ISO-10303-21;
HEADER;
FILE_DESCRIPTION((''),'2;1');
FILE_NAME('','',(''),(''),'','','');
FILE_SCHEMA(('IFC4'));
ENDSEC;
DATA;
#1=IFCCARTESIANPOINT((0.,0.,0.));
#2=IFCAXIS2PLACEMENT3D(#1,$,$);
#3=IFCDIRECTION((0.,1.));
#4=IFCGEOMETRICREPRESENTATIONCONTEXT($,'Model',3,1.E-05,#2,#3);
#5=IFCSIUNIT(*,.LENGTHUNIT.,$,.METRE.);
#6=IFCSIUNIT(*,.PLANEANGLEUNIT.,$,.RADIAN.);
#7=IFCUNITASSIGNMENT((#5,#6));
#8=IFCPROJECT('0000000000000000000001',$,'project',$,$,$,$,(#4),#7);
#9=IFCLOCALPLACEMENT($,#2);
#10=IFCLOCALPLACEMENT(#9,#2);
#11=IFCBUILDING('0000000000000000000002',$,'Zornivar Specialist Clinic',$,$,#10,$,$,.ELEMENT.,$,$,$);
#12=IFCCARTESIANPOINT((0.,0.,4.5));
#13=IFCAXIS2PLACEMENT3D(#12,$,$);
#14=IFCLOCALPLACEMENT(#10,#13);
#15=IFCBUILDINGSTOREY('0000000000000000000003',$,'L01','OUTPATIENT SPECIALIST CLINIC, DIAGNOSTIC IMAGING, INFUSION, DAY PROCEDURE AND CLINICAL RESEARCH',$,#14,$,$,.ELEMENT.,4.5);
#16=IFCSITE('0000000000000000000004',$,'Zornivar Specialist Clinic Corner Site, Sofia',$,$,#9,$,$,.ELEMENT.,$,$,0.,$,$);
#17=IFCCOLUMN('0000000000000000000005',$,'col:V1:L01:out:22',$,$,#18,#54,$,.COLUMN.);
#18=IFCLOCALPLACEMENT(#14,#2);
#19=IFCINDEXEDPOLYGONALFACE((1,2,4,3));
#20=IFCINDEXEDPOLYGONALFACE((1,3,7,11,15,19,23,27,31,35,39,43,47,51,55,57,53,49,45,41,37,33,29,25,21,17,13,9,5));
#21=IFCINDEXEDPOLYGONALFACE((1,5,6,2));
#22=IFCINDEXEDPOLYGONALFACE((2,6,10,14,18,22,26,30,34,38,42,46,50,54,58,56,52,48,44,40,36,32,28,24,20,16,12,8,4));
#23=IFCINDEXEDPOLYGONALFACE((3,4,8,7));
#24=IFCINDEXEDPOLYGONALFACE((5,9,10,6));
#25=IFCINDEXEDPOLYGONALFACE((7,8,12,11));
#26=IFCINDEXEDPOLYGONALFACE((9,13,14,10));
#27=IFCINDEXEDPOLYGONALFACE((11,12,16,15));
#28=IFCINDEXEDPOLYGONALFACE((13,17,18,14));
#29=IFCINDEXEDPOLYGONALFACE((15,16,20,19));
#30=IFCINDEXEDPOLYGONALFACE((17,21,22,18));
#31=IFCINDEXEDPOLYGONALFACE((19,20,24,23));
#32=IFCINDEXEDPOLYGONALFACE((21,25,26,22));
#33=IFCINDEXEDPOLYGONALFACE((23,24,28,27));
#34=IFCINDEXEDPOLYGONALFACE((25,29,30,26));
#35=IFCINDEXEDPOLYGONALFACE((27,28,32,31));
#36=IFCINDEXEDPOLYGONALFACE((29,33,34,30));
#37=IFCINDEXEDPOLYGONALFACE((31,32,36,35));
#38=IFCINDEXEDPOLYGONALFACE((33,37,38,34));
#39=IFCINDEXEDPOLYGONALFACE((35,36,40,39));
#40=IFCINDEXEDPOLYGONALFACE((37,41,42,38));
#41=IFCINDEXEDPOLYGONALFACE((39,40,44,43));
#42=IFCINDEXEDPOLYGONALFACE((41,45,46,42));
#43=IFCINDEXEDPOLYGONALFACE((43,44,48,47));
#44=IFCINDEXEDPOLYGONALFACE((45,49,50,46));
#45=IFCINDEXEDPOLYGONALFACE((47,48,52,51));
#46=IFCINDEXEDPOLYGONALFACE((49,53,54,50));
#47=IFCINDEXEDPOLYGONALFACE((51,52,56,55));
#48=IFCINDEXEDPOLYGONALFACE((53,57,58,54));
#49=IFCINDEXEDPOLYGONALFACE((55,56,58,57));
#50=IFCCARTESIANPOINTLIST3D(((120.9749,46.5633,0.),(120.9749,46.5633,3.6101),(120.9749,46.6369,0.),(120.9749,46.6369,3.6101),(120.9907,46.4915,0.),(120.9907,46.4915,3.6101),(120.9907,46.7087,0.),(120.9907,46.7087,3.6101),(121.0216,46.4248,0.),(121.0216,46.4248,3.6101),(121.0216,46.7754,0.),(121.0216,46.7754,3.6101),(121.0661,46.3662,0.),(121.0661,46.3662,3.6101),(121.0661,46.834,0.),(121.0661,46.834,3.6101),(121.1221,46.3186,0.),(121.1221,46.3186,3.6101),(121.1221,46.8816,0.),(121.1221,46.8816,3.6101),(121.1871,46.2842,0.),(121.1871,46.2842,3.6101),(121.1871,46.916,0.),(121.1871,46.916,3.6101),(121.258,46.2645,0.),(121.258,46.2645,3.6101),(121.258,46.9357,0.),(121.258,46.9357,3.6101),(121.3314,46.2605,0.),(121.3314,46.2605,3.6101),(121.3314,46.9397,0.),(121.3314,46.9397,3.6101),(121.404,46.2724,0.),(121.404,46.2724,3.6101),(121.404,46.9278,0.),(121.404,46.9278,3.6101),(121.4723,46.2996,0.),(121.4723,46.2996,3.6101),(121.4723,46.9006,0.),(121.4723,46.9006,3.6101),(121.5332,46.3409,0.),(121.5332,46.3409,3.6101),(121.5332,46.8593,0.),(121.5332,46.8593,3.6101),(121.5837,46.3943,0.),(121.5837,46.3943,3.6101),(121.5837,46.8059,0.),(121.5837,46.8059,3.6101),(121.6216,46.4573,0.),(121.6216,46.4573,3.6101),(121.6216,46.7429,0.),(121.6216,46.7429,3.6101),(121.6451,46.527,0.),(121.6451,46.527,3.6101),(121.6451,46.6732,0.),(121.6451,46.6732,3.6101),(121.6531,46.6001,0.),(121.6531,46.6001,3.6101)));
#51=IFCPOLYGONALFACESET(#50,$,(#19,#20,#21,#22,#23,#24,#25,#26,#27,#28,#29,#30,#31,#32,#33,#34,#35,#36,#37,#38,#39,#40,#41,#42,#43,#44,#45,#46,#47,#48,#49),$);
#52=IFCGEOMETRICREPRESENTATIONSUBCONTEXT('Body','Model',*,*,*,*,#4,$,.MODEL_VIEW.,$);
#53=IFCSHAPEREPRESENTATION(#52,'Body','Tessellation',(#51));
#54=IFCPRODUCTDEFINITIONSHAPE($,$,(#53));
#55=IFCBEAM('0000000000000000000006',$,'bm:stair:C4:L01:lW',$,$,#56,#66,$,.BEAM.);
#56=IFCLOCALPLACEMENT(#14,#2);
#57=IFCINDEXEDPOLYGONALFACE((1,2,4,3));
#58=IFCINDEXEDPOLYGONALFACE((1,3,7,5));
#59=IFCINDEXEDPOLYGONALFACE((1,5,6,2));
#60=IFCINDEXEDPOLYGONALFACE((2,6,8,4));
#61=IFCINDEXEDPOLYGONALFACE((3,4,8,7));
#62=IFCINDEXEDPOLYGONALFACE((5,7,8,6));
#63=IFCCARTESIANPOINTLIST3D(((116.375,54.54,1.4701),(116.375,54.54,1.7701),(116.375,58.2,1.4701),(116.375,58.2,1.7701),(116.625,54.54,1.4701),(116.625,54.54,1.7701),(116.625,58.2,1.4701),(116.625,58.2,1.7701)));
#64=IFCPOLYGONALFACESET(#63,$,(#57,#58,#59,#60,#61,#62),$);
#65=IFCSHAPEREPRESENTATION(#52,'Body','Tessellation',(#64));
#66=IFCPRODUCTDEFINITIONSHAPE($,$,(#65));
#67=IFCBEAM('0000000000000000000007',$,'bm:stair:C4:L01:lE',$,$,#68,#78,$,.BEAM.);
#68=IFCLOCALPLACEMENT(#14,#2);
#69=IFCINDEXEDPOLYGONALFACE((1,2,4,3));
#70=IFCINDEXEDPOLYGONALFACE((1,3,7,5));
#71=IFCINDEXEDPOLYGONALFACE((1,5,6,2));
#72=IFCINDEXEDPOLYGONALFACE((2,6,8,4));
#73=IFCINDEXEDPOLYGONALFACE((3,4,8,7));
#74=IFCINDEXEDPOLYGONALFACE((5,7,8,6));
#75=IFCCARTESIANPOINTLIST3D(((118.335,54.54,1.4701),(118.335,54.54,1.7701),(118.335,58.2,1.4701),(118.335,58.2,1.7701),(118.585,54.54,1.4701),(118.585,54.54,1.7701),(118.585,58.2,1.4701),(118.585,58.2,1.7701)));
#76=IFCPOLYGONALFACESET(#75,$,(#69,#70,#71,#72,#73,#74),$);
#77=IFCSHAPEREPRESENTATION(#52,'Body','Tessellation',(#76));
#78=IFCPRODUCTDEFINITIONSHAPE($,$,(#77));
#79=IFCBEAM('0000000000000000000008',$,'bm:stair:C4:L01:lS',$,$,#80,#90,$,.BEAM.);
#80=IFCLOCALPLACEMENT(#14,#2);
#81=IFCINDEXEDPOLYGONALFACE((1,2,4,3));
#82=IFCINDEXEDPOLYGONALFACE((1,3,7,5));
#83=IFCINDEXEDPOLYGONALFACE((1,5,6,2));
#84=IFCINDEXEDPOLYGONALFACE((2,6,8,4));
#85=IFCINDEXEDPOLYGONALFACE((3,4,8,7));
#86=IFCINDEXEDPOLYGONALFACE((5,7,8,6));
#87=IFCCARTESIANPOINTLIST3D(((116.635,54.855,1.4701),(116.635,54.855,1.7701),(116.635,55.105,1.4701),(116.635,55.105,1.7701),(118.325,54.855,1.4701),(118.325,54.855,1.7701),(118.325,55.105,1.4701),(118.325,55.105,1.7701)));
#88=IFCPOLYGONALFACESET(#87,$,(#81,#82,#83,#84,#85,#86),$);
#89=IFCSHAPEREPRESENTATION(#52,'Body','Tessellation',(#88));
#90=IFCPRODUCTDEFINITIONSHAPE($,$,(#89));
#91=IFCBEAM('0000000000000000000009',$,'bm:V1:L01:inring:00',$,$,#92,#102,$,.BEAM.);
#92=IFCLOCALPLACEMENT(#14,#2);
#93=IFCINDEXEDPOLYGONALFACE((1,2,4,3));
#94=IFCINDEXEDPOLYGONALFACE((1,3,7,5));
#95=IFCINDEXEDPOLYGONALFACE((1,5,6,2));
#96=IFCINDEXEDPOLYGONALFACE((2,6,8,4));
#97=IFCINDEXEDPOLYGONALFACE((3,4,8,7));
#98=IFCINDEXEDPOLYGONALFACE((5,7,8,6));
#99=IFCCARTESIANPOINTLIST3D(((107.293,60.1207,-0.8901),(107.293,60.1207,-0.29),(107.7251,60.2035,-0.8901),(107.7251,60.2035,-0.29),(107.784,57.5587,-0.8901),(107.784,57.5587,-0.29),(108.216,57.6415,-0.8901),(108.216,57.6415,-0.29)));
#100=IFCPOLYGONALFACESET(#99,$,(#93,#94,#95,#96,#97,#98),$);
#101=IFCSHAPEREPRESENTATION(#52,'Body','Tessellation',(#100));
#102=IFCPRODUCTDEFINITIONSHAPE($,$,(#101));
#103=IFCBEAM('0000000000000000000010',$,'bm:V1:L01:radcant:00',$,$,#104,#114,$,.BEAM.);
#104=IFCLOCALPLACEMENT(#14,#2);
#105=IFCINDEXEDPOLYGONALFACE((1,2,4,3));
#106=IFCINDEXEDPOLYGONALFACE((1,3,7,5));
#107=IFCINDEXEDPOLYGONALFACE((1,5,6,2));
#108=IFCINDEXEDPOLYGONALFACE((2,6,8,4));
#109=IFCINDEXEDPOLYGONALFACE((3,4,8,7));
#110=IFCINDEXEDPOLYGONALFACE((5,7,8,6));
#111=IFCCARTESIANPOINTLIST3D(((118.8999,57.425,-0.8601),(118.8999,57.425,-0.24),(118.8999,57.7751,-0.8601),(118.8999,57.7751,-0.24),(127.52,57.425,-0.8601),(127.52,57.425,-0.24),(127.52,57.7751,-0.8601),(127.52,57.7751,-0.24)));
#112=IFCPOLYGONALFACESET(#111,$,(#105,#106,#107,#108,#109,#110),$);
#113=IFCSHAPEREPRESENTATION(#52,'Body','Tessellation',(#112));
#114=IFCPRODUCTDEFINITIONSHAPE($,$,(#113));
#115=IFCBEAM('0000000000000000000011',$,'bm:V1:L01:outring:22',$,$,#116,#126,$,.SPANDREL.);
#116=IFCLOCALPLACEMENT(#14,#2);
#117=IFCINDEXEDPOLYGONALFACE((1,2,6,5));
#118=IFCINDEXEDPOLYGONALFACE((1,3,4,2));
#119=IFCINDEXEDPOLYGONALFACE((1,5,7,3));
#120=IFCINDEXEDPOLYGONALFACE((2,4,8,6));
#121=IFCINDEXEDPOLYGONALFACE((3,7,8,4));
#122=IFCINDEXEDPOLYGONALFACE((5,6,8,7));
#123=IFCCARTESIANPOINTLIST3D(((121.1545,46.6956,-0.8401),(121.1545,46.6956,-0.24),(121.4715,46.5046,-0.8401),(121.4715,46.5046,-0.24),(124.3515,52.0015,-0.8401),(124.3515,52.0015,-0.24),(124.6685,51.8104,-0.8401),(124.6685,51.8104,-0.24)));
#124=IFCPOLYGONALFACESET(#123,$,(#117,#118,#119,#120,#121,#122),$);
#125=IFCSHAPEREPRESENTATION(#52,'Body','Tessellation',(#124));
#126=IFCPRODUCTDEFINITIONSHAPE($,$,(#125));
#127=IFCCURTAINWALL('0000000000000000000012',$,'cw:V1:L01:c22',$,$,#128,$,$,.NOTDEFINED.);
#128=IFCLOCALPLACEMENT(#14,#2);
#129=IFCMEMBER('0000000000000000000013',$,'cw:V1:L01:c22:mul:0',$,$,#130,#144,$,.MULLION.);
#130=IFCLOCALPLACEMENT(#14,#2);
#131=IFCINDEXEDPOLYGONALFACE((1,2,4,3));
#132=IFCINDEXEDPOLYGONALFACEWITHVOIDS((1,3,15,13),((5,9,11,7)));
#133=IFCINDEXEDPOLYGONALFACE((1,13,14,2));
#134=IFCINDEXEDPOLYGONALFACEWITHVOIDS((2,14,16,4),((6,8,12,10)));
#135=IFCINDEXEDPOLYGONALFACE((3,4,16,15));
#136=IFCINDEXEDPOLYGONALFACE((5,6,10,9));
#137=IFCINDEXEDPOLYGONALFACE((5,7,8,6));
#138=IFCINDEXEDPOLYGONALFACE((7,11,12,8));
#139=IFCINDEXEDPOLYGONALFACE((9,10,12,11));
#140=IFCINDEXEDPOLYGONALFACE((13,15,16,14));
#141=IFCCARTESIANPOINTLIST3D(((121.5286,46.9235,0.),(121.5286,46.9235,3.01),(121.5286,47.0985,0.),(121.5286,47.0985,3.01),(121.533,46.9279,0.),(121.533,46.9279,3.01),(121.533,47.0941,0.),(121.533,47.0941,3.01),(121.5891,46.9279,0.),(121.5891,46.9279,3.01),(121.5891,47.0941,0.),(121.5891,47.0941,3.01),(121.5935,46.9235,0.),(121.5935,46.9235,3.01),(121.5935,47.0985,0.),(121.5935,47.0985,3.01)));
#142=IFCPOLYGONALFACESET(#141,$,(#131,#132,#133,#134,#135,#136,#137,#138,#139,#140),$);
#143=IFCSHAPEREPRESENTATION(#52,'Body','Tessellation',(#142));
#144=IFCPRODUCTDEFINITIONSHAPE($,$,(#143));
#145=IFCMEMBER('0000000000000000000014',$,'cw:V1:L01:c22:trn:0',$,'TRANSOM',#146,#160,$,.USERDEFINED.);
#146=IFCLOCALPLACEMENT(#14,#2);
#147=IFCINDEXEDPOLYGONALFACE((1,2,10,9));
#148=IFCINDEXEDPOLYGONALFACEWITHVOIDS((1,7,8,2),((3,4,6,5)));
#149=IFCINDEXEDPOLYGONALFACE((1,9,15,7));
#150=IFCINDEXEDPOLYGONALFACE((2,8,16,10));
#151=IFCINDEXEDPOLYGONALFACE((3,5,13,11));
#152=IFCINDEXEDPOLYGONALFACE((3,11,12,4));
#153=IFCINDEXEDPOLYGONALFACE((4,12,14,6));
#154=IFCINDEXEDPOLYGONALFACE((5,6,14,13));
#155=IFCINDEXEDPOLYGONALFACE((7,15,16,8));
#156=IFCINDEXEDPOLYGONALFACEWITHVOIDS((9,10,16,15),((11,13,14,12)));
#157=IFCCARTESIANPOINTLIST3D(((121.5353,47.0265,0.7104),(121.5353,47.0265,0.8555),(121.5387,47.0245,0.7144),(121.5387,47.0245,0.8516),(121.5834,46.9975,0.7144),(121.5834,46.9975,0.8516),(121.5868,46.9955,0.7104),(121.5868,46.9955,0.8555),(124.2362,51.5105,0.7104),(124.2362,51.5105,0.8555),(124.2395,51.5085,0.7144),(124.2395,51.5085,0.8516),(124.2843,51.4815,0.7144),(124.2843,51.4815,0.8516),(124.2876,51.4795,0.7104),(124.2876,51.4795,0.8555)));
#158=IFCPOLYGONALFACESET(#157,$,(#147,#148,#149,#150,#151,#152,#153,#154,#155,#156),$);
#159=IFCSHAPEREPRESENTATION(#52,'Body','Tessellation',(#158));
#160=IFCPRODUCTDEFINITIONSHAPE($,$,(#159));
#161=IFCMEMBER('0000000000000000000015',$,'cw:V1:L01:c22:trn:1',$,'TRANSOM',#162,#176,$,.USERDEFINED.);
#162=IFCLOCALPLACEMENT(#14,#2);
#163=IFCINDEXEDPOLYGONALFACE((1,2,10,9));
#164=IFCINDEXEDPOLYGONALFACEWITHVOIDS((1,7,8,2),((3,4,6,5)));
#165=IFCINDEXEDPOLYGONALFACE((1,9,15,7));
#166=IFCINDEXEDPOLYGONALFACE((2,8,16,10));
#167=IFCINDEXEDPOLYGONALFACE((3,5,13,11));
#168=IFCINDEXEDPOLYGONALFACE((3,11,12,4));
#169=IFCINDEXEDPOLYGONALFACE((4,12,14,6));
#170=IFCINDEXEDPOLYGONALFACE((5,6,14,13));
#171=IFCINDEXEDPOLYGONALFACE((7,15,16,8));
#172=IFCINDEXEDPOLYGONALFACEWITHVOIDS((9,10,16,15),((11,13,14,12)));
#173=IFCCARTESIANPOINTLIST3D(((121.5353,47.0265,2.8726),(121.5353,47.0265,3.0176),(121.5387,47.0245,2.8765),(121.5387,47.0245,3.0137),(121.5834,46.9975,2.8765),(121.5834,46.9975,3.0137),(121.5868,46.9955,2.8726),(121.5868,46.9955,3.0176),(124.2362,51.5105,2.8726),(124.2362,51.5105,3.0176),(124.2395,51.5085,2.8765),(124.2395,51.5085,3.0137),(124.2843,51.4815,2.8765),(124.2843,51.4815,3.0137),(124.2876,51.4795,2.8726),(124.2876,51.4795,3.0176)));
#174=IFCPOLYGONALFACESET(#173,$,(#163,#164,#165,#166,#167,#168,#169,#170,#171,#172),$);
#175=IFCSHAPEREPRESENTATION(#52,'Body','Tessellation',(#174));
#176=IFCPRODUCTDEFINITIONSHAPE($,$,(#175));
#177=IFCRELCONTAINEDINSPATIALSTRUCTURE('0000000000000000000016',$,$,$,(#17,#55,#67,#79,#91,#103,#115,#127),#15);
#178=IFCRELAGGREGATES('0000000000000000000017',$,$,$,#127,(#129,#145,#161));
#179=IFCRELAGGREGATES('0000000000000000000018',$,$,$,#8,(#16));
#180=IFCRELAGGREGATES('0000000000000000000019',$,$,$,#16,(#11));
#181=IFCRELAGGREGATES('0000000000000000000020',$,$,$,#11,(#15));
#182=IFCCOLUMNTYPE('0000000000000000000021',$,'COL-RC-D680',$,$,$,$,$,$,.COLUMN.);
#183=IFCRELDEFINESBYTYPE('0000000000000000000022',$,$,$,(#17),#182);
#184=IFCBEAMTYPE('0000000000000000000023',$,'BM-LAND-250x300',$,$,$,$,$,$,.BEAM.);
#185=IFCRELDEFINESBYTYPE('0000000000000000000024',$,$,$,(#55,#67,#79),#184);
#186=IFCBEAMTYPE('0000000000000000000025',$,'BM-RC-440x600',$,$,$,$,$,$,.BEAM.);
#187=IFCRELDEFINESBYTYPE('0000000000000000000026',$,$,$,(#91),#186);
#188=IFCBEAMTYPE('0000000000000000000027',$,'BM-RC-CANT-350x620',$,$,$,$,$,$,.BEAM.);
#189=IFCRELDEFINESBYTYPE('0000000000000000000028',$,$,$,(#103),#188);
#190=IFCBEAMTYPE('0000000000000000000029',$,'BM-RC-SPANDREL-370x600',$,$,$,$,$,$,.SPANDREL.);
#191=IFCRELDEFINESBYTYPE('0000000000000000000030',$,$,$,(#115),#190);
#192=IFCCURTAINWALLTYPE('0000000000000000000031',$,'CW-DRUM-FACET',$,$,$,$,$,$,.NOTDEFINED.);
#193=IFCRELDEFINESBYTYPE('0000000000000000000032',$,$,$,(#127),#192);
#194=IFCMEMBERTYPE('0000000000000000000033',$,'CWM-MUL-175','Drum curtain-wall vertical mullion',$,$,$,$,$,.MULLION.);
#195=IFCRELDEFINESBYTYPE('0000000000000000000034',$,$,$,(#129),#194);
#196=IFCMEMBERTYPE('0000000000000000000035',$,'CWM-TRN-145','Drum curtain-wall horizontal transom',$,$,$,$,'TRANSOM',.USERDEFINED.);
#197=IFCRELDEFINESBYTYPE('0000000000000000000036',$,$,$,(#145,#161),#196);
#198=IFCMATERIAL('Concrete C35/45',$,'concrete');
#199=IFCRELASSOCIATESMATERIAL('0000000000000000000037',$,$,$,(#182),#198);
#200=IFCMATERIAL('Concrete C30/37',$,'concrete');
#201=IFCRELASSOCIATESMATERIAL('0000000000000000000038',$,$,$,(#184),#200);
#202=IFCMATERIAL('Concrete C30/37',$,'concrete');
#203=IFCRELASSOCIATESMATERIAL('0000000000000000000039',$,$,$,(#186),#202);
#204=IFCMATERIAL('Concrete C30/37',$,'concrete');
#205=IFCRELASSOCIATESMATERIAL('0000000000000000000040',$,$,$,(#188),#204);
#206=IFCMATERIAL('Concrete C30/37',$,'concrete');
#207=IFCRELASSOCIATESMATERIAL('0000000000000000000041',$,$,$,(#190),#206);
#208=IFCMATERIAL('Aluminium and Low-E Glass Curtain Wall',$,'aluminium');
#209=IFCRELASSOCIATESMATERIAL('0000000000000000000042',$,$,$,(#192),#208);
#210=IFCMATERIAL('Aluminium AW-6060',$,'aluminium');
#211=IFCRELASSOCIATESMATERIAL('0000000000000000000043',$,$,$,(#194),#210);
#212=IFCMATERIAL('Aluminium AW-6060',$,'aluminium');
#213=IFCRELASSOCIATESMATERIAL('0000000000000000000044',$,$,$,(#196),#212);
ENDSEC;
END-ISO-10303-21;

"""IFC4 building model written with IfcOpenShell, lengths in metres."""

from ifc_helpers import new_model, si_unit, direction, frame, origin, origin_2d, place, context, subcontext, project, spatial, rectangle, hollow_rectangle, circle, extrude, material, material_profile, profile_set, type_object, element, aggregate, save


model = new_model("IFC4")

# Units and contexts
model_context = context("Model", 3, precision=1e-05, world=origin(), true_north=direction((0.0, 1.0)))
body_context = subcontext(model_context, "Body", "Model", "MODEL_VIEW")
ifc_project = project(units=[si_unit("LENGTHUNIT", "METRE"), si_unit("PLANEANGLEUNIT", "RADIAN")], contexts=[model_context])

# Site, building, storey
site_placement = place(None, origin())
site = spatial("IfcSite", under=ifc_project, at=site_placement, Name="Zornivar Specialist Clinic Corner Site, Sofia", CompositionType="ELEMENT", RefElevation=0.0)
building_placement = place(site_placement, origin())
building = spatial("IfcBuilding", under=site, at=building_placement, Name="Zornivar Specialist Clinic", CompositionType="ELEMENT")
storey_placement = place(building_placement, frame((0.0, 0.0, 4.5)))
storey = spatial("IfcBuildingStorey", under=building, at=storey_placement, Name="L01", Description="OUTPATIENT SPECIALIST CLINIC, DIAGNOSTIC IMAGING, INFUSION, DAY PROCEDURE AND CLINICAL RESEARCH", CompositionType="ELEMENT", Elevation=4.5)

# Column
ifc_material_1 = material(Name="Concrete C35/45", Category="concrete")
ifc_material_profile_1 = material_profile(ifc_material_1, circle(Radius=0.3401, at=origin_2d()), Name="RC D680")
ifc_profile_set_1 = profile_set([ifc_material_profile_1], Name="Concrete C35/45")
column_type = type_object("IfcColumnType", Name="COL-RC-D680", PredefinedType="COLUMN", material=ifc_profile_set_1)
column_placement = place(storey_placement, frame((121.313, 46.6001, 0.0), z_axis=(0.0, 0.0, 1.0), x_axis=(1.0, 0.0, 0.0)))
element("IfcColumn", 1, at=column_placement, inside=storey, type_object=column_type, Name="col:V1:L01:out:22", PredefinedType="COLUMN", context=body_context, shape_type="SweptSolid", body=[
    extrude(circle(Radius=0.3401, at=origin_2d()), origin(), (0.0, 0.0, 1.0), 3.6101),
])

# Beams
ifc_material_2 = material(Name="Concrete C30/37", Category="concrete")
ifc_material_profile_2 = material_profile(ifc_material_2, rectangle(XDim=0.25, YDim=0.3, at=origin_2d()), Name="RC 250x300")
ifc_profile_set_2 = profile_set([ifc_material_profile_2], Name="Concrete C30/37")
beam_type_1 = type_object("IfcBeamType", Name="BM-LAND-250x300", PredefinedType="BEAM", material=ifc_profile_set_2)
for number, where, z_axis, x_axis, name in (
    (2, (116.5, 54.54, 1.6201), (0.0, 1.0, 0.0), (-1.0, 0.0, 0.0), "bm:stair:C4:L01:lW"),
    (3, (118.46, 54.54, 1.6201), (0.0, 1.0, 0.0), (-1.0, 0.0, 0.0), "bm:stair:C4:L01:lE"),
):
    element("IfcBeam", number, at=place(storey_placement, frame(where, z_axis=z_axis, x_axis=x_axis)), inside=storey, type_object=beam_type_1, Name=name, PredefinedType="BEAM", context=body_context, shape_type="SweptSolid", body=[
        extrude(rectangle(XDim=0.25, YDim=0.3, at=origin_2d()), origin(), (0.0, 0.0, 1.0), 3.6599),
    ])
beam_1_placement = place(storey_placement, frame((116.635, 54.98, 1.6201), z_axis=(1.0, 0.0, 0.0), x_axis=(0.0, 1.0, 0.0)))
element("IfcBeam", 4, at=beam_1_placement, inside=storey, type_object=beam_type_1, Name="bm:stair:C4:L01:lS", PredefinedType="BEAM", context=body_context, shape_type="SweptSolid", body=[
    extrude(rectangle(XDim=0.25, YDim=0.3, at=origin_2d()), origin(), (0.0, 0.0, 1.0), 1.6899),
])
ifc_material_3 = material(Name="Concrete C30/37", Category="concrete")
ifc_material_profile_3 = material_profile(ifc_material_3, rectangle(XDim=0.4399, YDim=0.6001, at=origin_2d()), Name="RC 440x600")
ifc_profile_set_3 = profile_set([ifc_material_profile_3], Name="Concrete C30/37")
beam_type_2 = type_object("IfcBeamType", Name="BM-RC-440x600", PredefinedType="BEAM", material=ifc_profile_set_3)
beam_2_placement = place(storey_placement, frame((108.0, 57.6001, -0.5901), z_axis=(-0.188209, 0.982129, 0.0), x_axis=(-0.982129, -0.188209, 0.0)))
element("IfcBeam", 5, at=beam_2_placement, inside=storey, type_object=beam_type_2, Name="bm:V1:L01:inring:00", PredefinedType="BEAM", context=body_context, shape_type="SweptSolid", body=[
    extrude(rectangle(XDim=0.4399, YDim=0.6001, at=origin_2d()), origin(), (0.0, 0.0, 1.0), 2.6086),
])
ifc_material_4 = material(Name="Concrete C30/37", Category="concrete")
ifc_material_profile_4 = material_profile(ifc_material_4, rectangle(XDim=0.3501, YDim=0.6201, at=origin_2d()), Name="RC 350x620")
ifc_profile_set_4 = profile_set([ifc_material_profile_4], Name="Concrete C30/37")
beam_type_3 = type_object("IfcBeamType", Name="BM-RC-CANT-350x620", PredefinedType="BEAM", material=ifc_profile_set_4)
beam_3_placement = place(storey_placement, frame((118.8999, 57.6001, -0.55), z_axis=(1.0, 0.0, 0.0), x_axis=(0.0, 1.0, 0.0)))
element("IfcBeam", 6, at=beam_3_placement, inside=storey, type_object=beam_type_3, Name="bm:V1:L01:radcant:00", PredefinedType="BEAM", context=body_context, shape_type="SweptSolid", body=[
    extrude(rectangle(XDim=0.3501, YDim=0.6201, at=origin_2d()), origin(), (0.0, 0.0, 1.0), 8.6201),
])
ifc_material_5 = material(Name="Concrete C30/37", Category="concrete")
ifc_material_profile_5 = material_profile(ifc_material_5, rectangle(XDim=0.3701, YDim=0.6001, at=origin_2d()), Name="RC 370x600")
ifc_profile_set_5 = profile_set([ifc_material_profile_5], Name="Concrete C30/37")
beam_type_4 = type_object("IfcBeamType", Name="BM-RC-SPANDREL-370x600", PredefinedType="SPANDREL", material=ifc_profile_set_5)
beam_4_placement = place(storey_placement, frame((121.313, 46.6001, -0.54), z_axis=(0.516095, 0.856532, 0.0), x_axis=(-0.856532, 0.516095, 0.0)))
element("IfcBeam", 7, at=beam_4_placement, inside=storey, type_object=beam_type_4, Name="bm:V1:L01:outring:22", PredefinedType="SPANDREL", context=body_context, shape_type="SweptSolid", body=[
    extrude(rectangle(XDim=0.3701, YDim=0.6001, at=origin_2d()), origin(), (0.0, 0.0, 1.0), 6.1946),
])

# Curtain wall, members
ifc_material_6 = material(Name="Aluminium and Low-E Glass Curtain Wall", Category="aluminium")
curtain_wall_type = type_object("IfcCurtainWallType", Name="CW-DRUM-FACET", PredefinedType="NOTDEFINED", material=ifc_material_6)
curtain_wall_placement = place(storey_placement, origin())
curtain_wall = element("IfcCurtainWall", 8, at=curtain_wall_placement, inside=storey, type_object=curtain_wall_type, Name="cw:V1:L01:c22", PredefinedType="NOTDEFINED")
ifc_material_7 = material(Name="Aluminium AW-6060", Category="aluminium")
ifc_material_profile_6 = material_profile(ifc_material_7, hollow_rectangle(XDim=0.0649, YDim=0.175, WallThickness=0.0044, at=origin_2d()), Name="ALU 65x175x4.5")
ifc_profile_set_6 = profile_set([ifc_material_profile_6], Name="Aluminium AW-6060")
member_type_1 = type_object("IfcMemberType", Name="CWM-MUL-175", Description="Drum curtain-wall vertical mullion", PredefinedType="MULLION", material=ifc_profile_set_6)
member_1_placement = place(storey_placement, frame((121.561, 47.011, 0.0), z_axis=(0.0, 0.0, 1.0), x_axis=(1.0, 0.0, 0.0)))
member_1 = element("IfcMember", 9, at=member_1_placement, type_object=member_type_1, Name="cw:V1:L01:c22:mul:0", PredefinedType="MULLION", context=body_context, shape_type="SweptSolid", body=[
    extrude(hollow_rectangle(XDim=0.0649, YDim=0.175, WallThickness=0.0044, at=origin_2d()), origin(), (0.0, 0.0, 1.0), 3.01),
])
ifc_material_8 = material(Name="Aluminium AW-6060", Category="aluminium")
ifc_material_profile_7 = material_profile(ifc_material_8, hollow_rectangle(XDim=0.0601, YDim=0.145, WallThickness=0.0039, at=origin_2d()), Name="ALU 60x145x4")
ifc_profile_set_7 = profile_set([ifc_material_profile_7], Name="Aluminium AW-6060")
member_type_2 = type_object("IfcMemberType", Name="CWM-TRN-145", Description="Drum curtain-wall horizontal transom", ElementType="TRANSOM", PredefinedType="USERDEFINED", material=ifc_profile_set_7)
member_2_placement = place(storey_placement, frame((121.561, 47.011, 0.783), z_axis=(0.515963, 0.856611, 0.0), x_axis=(-0.856611, 0.515963, 0.0)))
member_2 = element("IfcMember", 10, at=member_2_placement, type_object=member_type_2, Name="cw:V1:L01:c22:trn:0", ObjectType="TRANSOM", PredefinedType="USERDEFINED", context=body_context, shape_type="SweptSolid", body=[
    extrude(hollow_rectangle(XDim=0.0601, YDim=0.145, WallThickness=0.0039, at=origin_2d()), origin(), (0.0, 0.0, 1.0), 5.2346),
])
member_3_placement = place(storey_placement, frame((121.561, 47.011, 2.9451), z_axis=(0.515963, 0.856611, 0.0), x_axis=(-0.856611, 0.515963, 0.0)))
member_3 = element("IfcMember", 11, at=member_3_placement, type_object=member_type_2, Name="cw:V1:L01:c22:trn:1", ObjectType="TRANSOM", PredefinedType="USERDEFINED", context=body_context, shape_type="SweptSolid", body=[
    extrude(hollow_rectangle(XDim=0.0601, YDim=0.145, WallThickness=0.0039, at=origin_2d()), origin(), (0.0, 0.0, 1.0), 5.2346),
])
aggregate(curtain_wall, [member_1, member_2, member_3])

save(model, "model.ifc")
